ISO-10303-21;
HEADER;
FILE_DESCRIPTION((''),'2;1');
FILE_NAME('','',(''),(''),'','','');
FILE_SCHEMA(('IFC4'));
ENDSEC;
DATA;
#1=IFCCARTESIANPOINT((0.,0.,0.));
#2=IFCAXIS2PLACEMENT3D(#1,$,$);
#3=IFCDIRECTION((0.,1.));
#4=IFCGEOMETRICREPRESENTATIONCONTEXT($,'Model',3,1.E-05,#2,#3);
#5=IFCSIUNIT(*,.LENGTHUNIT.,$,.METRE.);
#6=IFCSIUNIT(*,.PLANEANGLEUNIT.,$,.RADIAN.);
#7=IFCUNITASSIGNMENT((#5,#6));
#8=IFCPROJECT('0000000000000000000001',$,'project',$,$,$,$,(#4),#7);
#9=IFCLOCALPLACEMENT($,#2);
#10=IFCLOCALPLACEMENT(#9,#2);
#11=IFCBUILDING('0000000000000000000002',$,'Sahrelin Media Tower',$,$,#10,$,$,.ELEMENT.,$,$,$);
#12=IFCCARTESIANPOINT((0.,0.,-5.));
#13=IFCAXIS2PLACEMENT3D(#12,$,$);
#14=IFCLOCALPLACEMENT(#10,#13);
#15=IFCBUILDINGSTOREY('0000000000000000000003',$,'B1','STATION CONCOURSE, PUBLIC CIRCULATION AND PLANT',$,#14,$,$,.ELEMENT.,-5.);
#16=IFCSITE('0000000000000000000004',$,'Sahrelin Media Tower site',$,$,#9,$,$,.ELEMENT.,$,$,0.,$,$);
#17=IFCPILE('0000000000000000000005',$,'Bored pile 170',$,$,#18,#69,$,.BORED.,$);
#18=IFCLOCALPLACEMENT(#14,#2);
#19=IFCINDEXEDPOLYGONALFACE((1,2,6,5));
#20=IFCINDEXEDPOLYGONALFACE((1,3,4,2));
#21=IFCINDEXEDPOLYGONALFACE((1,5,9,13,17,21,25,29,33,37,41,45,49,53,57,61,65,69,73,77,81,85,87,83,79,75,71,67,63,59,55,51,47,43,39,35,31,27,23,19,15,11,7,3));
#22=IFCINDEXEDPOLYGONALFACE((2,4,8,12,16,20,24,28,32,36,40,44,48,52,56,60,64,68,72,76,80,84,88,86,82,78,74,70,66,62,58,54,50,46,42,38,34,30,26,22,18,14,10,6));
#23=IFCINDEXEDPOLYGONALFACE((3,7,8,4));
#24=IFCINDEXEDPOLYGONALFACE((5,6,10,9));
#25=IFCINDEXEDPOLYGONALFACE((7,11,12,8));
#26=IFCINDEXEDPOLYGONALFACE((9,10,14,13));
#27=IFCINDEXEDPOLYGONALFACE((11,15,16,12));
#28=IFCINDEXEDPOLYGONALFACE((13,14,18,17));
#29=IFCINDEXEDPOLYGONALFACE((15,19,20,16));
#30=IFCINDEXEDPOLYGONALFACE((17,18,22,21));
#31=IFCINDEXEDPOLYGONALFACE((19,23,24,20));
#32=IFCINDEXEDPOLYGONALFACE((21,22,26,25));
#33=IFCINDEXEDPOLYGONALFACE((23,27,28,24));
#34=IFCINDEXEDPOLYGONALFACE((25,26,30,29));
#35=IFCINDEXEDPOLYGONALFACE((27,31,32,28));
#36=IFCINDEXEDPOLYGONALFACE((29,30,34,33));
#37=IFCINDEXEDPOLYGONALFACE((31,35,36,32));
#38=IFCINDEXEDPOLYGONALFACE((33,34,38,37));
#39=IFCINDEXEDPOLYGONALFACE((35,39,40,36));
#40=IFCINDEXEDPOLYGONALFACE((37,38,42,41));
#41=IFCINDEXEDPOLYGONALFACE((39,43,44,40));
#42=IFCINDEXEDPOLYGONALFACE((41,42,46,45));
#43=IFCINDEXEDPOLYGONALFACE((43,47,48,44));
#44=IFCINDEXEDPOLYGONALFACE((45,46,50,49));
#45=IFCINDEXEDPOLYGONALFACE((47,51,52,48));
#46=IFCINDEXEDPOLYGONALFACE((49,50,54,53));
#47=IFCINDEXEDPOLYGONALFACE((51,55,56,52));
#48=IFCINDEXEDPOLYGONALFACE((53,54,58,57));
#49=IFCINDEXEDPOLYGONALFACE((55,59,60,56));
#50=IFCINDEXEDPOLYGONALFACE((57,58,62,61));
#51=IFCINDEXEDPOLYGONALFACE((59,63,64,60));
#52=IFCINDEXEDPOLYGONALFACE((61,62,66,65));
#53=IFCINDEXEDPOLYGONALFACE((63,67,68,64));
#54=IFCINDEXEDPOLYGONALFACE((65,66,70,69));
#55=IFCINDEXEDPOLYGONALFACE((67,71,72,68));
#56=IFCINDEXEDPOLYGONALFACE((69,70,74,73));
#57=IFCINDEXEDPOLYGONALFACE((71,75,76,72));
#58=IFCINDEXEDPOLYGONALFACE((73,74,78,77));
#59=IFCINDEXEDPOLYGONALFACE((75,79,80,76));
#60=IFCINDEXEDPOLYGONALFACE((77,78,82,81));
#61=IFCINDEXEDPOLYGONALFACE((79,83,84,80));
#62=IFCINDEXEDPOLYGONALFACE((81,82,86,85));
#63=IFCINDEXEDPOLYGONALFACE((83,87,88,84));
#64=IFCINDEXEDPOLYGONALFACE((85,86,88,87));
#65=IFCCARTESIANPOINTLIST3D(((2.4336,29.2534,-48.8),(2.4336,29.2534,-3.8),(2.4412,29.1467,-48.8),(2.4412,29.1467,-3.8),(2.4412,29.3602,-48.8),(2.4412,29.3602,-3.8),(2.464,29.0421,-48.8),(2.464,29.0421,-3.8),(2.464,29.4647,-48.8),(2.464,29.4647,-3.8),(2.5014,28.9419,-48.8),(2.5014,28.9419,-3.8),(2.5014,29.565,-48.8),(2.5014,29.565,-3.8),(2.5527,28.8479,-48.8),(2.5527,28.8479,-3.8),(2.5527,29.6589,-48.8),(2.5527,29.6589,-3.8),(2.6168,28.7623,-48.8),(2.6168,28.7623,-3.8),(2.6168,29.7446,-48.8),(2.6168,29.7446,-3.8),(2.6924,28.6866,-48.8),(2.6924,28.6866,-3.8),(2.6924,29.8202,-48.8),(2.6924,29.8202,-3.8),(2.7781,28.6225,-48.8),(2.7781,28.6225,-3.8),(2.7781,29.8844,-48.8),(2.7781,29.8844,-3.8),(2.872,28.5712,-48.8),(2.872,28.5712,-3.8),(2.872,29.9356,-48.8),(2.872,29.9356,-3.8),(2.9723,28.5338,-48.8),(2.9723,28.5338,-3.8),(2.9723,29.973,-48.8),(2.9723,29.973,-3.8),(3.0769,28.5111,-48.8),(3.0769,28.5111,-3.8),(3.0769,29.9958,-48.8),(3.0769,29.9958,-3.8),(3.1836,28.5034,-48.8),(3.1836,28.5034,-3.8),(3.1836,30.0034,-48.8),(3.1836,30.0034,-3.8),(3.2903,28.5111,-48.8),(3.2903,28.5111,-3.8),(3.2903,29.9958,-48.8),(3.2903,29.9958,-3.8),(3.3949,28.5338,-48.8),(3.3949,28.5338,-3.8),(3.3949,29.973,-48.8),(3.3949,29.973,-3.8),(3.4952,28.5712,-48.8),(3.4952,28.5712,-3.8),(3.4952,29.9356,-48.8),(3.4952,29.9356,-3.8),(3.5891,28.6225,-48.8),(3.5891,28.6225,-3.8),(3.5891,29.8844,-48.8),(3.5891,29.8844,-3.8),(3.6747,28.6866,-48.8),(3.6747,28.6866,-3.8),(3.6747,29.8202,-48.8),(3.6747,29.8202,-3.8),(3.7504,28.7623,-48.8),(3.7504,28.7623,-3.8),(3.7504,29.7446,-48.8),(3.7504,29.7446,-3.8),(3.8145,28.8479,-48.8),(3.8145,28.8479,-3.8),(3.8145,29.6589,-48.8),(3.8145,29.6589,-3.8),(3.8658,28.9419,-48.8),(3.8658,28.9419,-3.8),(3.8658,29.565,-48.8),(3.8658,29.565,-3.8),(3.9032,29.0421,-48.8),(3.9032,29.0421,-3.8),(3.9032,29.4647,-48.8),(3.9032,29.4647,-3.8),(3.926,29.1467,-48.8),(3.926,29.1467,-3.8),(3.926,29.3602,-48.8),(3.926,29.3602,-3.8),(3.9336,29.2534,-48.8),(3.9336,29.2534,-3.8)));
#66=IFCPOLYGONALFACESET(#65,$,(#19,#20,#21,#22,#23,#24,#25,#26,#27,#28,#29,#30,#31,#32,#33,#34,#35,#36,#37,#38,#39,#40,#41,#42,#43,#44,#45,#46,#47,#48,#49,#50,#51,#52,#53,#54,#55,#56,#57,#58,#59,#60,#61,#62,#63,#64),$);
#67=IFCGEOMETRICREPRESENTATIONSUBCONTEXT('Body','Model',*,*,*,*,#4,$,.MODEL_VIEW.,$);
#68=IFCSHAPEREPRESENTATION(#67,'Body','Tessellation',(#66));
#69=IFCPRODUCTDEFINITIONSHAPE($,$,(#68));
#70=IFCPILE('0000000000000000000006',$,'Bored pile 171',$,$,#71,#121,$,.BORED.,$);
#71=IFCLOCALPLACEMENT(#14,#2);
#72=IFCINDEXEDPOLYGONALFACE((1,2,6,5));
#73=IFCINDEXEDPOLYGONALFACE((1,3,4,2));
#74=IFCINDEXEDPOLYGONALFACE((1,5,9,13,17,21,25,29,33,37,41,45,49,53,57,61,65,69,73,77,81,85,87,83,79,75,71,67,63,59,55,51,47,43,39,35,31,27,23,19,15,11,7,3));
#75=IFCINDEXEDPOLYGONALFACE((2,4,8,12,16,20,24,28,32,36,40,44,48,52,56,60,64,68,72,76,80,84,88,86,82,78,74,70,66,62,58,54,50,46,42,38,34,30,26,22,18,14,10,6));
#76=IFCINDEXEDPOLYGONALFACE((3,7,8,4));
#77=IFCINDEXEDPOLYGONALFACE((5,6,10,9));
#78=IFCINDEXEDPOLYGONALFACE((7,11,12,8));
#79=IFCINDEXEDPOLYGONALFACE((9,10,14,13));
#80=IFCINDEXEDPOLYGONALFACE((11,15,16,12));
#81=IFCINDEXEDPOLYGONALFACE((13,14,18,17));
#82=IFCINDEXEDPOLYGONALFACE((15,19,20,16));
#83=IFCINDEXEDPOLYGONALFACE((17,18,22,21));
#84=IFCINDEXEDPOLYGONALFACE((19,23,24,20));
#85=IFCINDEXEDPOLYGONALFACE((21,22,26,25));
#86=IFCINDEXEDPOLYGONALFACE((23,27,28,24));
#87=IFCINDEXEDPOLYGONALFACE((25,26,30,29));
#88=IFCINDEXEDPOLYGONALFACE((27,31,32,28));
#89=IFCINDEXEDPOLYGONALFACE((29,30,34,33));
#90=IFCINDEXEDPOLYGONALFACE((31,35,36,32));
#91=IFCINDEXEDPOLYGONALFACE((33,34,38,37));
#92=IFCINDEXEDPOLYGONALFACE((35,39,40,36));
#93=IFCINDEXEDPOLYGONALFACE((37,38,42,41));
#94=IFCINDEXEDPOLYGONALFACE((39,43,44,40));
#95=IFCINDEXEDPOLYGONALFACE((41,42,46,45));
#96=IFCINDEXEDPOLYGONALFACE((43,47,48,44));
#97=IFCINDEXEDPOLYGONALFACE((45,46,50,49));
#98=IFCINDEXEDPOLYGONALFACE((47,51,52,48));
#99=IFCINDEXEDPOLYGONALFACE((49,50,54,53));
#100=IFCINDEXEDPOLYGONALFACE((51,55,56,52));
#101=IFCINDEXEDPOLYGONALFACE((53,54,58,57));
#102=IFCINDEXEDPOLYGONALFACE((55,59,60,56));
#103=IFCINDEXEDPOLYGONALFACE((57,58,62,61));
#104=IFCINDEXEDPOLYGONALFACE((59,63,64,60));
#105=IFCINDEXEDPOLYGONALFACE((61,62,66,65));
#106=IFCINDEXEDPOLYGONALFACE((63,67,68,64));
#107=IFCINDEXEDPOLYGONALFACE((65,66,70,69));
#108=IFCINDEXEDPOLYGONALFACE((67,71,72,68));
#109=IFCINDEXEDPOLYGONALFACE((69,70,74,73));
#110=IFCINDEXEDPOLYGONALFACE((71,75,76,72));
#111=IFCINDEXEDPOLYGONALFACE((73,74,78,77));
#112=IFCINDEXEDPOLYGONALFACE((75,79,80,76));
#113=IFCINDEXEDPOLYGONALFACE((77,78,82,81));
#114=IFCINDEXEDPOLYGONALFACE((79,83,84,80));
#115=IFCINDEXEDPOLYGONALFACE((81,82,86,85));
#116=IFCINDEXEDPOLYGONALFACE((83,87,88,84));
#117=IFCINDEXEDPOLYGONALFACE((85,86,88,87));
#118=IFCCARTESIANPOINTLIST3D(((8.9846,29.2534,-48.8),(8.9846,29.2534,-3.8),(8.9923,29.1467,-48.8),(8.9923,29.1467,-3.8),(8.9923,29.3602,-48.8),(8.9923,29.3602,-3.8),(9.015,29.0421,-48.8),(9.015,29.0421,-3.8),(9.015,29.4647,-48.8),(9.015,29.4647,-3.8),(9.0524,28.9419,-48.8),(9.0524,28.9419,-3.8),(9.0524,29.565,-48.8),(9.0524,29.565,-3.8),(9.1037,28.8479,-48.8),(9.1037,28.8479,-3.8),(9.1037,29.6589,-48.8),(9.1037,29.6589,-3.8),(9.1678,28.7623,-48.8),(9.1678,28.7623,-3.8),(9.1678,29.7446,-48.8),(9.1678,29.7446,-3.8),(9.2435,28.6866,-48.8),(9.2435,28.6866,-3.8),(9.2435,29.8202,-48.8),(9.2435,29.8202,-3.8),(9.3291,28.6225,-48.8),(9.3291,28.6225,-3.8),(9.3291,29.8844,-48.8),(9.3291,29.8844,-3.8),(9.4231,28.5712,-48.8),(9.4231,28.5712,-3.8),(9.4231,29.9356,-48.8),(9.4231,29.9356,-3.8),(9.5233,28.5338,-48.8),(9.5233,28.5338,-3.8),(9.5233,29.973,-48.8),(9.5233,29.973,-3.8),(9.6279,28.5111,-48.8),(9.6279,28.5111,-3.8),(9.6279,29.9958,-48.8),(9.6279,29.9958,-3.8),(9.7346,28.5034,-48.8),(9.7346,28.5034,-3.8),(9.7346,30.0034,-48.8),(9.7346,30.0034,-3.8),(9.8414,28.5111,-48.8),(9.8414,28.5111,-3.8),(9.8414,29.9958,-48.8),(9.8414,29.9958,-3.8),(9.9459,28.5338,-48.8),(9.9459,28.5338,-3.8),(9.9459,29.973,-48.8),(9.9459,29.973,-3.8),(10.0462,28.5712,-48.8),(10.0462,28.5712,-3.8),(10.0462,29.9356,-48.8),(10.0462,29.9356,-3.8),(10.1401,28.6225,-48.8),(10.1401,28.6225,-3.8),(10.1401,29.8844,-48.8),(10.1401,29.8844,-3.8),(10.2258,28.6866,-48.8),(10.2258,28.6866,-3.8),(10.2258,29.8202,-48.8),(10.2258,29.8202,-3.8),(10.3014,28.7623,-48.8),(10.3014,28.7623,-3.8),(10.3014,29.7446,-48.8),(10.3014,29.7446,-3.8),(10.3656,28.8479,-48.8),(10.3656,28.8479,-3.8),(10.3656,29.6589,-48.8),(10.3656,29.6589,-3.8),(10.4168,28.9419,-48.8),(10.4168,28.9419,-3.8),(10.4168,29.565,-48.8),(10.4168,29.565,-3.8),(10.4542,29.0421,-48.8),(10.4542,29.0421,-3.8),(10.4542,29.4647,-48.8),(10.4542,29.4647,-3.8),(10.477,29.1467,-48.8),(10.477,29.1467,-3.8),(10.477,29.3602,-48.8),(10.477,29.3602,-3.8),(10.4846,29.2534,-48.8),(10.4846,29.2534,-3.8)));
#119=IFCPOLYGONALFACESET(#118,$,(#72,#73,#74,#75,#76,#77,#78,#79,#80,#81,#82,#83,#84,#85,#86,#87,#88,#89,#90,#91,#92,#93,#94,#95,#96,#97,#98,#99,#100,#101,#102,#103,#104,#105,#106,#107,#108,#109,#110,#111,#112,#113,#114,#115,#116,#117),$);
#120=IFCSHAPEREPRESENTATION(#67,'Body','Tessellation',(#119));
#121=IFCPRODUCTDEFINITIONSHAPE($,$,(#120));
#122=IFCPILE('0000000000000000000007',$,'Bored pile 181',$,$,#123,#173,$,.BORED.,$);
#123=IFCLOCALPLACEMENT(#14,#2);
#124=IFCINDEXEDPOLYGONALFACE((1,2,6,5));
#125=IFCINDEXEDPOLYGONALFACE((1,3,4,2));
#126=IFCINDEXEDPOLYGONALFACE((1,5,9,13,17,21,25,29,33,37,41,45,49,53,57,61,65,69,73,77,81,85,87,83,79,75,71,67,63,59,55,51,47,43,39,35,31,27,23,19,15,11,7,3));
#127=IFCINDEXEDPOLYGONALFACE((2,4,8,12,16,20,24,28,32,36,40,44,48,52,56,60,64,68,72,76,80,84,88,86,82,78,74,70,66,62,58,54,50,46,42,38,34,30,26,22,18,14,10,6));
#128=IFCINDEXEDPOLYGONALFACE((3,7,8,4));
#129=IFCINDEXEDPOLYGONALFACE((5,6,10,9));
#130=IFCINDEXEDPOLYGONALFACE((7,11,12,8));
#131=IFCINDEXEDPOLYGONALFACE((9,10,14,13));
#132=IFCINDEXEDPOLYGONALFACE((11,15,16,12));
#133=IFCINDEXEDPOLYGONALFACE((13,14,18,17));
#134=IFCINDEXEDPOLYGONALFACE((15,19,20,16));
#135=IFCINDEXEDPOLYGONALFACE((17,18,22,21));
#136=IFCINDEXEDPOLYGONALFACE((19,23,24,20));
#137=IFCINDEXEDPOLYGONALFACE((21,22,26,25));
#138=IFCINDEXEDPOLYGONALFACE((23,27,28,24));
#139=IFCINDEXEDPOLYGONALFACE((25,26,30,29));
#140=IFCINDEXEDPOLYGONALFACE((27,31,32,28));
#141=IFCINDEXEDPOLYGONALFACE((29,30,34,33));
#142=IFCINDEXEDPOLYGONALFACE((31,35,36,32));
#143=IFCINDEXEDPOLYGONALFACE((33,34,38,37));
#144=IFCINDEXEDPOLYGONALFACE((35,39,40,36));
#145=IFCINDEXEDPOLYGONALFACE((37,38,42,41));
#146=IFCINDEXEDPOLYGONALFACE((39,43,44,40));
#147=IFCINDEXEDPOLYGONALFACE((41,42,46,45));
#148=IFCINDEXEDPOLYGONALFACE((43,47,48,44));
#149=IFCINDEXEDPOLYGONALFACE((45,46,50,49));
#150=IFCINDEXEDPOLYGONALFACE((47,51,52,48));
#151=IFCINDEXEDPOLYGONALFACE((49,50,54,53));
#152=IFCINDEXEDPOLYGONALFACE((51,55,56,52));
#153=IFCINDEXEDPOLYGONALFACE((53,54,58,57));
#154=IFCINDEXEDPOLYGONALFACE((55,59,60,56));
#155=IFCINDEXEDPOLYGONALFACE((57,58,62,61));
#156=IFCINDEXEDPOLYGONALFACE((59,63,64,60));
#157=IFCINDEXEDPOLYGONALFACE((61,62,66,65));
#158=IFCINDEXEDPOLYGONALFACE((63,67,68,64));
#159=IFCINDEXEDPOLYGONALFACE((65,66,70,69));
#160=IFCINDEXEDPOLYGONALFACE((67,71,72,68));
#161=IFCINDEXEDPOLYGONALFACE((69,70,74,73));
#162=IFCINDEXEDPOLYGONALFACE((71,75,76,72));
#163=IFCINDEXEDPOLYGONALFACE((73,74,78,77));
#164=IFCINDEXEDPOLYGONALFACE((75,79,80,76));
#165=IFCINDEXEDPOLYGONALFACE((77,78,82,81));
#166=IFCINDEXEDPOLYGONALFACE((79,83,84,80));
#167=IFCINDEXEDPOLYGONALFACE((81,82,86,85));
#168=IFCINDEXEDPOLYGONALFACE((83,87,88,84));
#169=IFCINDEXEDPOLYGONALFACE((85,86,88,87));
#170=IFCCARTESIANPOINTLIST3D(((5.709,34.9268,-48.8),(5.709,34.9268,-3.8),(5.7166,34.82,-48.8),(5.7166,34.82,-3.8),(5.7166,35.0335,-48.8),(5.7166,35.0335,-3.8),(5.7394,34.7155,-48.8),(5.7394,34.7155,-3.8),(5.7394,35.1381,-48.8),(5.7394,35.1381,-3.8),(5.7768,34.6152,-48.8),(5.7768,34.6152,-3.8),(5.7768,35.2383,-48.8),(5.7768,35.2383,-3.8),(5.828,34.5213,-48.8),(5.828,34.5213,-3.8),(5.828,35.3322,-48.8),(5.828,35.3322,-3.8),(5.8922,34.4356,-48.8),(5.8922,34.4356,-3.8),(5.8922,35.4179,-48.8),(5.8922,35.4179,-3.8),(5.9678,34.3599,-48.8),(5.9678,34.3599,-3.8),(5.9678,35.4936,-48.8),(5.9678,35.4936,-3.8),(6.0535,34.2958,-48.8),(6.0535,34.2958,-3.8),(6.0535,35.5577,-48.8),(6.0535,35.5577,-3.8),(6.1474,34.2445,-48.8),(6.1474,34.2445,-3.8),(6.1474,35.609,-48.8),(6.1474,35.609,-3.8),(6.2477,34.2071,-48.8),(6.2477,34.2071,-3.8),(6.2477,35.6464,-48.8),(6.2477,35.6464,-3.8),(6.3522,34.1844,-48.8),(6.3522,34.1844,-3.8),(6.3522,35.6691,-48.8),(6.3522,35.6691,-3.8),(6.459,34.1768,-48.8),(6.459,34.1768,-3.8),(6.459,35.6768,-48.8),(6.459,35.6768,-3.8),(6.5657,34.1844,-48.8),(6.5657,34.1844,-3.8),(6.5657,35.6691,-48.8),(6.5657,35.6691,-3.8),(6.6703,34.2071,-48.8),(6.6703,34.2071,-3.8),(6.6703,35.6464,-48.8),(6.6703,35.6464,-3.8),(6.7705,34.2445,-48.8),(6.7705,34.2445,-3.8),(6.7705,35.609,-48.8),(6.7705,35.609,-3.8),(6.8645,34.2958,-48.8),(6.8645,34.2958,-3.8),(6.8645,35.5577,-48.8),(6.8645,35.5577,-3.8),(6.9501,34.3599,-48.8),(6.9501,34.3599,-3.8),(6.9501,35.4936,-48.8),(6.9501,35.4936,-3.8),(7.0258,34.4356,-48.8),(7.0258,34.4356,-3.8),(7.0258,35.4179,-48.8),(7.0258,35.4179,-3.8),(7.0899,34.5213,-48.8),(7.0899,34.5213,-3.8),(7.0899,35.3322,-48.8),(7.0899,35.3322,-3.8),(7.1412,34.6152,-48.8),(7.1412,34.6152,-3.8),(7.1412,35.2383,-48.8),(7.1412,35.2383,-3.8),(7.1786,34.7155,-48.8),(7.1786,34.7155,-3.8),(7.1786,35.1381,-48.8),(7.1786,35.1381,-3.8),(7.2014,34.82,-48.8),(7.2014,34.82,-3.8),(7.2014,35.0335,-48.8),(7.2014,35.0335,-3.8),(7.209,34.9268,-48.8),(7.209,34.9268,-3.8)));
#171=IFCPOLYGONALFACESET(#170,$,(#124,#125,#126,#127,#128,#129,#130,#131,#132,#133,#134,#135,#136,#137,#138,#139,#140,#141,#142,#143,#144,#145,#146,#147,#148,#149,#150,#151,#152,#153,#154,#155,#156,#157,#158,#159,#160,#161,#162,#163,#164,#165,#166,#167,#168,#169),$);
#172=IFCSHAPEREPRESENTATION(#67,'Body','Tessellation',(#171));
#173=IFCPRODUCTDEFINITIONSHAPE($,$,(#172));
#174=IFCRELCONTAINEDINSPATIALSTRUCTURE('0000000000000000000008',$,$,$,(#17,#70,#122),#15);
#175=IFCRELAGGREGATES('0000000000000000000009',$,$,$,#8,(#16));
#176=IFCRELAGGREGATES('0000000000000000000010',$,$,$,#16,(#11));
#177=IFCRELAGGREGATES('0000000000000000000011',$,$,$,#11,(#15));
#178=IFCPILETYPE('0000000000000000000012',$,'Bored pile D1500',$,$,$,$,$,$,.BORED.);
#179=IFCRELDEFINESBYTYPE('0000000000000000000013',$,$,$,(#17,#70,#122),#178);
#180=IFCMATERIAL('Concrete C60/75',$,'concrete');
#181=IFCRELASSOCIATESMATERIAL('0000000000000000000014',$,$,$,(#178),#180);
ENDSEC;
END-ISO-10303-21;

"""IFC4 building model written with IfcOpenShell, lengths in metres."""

from ifc_helpers import new_model, si_unit, direction, frame, origin, origin_2d, place, context, subcontext, project, spatial, circle, extrude, material, material_profile, profile_set, type_object, element, save


model = new_model("IFC4")

# Units and contexts
model_context = context("Model", 3, precision=1e-05, world=origin(), true_north=direction((0.0, 1.0)))
body_context = subcontext(model_context, "Body", "Model", "MODEL_VIEW")
ifc_project = project(units=[si_unit("LENGTHUNIT", "METRE"), si_unit("PLANEANGLEUNIT", "RADIAN")], contexts=[model_context])

# Site, building, storey
site_placement = place(None, origin())
site = spatial("IfcSite", under=ifc_project, at=site_placement, Name="Sahrelin Media Tower site", CompositionType="ELEMENT", RefElevation=0.0)
building_placement = place(site_placement, origin())
building = spatial("IfcBuilding", under=site, at=building_placement, Name="Sahrelin Media Tower", CompositionType="ELEMENT")
storey_placement = place(building_placement, frame((0.0, 0.0, -5.0)))
storey = spatial("IfcBuildingStorey", under=building, at=storey_placement, Name="B1", Description="STATION CONCOURSE, PUBLIC CIRCULATION AND PLANT", CompositionType="ELEMENT", Elevation=-5.0)

# Piles
ifc_material_1 = material(Name="Concrete C60/75", Category="concrete")
ifc_material_profile_1 = material_profile(ifc_material_1, circle(Radius=0.75, at=origin_2d()), Name="Bored pile D1500")
ifc_profile_set_1 = profile_set([ifc_material_profile_1], Name="Concrete C60/75")
pile_type = type_object("IfcPileType", Name="Bored pile D1500", PredefinedType="BORED", material=ifc_profile_set_1)
for number, where, z_axis, x_axis, name in (
    (1, (3.1836, 29.2534, -3.8), (0.0, 0.0, -1.0), (1.0, 0.0, 0.0), "Bored pile 170"),
    (2, (9.7346, 29.2534, -3.8), (0.0, 0.0, -1.0), (1.0, 0.0, 0.0), "Bored pile 171"),
    (3, (6.459, 34.9268, -3.8), (0.0, 0.0, -1.0), (1.0, 0.0, 0.0), "Bored pile 181"),
):
    element("IfcPile", number, at=place(storey_placement, frame(where, z_axis=z_axis, x_axis=x_axis)), inside=storey, type_object=pile_type, Name=name, PredefinedType="BORED", context=body_context, shape_type="SweptSolid", body=[
        extrude(circle(Radius=0.75, at=origin_2d()), origin(), (0.0, 0.0, 1.0), 45.0),
    ])

save(model, "model.ifc")
